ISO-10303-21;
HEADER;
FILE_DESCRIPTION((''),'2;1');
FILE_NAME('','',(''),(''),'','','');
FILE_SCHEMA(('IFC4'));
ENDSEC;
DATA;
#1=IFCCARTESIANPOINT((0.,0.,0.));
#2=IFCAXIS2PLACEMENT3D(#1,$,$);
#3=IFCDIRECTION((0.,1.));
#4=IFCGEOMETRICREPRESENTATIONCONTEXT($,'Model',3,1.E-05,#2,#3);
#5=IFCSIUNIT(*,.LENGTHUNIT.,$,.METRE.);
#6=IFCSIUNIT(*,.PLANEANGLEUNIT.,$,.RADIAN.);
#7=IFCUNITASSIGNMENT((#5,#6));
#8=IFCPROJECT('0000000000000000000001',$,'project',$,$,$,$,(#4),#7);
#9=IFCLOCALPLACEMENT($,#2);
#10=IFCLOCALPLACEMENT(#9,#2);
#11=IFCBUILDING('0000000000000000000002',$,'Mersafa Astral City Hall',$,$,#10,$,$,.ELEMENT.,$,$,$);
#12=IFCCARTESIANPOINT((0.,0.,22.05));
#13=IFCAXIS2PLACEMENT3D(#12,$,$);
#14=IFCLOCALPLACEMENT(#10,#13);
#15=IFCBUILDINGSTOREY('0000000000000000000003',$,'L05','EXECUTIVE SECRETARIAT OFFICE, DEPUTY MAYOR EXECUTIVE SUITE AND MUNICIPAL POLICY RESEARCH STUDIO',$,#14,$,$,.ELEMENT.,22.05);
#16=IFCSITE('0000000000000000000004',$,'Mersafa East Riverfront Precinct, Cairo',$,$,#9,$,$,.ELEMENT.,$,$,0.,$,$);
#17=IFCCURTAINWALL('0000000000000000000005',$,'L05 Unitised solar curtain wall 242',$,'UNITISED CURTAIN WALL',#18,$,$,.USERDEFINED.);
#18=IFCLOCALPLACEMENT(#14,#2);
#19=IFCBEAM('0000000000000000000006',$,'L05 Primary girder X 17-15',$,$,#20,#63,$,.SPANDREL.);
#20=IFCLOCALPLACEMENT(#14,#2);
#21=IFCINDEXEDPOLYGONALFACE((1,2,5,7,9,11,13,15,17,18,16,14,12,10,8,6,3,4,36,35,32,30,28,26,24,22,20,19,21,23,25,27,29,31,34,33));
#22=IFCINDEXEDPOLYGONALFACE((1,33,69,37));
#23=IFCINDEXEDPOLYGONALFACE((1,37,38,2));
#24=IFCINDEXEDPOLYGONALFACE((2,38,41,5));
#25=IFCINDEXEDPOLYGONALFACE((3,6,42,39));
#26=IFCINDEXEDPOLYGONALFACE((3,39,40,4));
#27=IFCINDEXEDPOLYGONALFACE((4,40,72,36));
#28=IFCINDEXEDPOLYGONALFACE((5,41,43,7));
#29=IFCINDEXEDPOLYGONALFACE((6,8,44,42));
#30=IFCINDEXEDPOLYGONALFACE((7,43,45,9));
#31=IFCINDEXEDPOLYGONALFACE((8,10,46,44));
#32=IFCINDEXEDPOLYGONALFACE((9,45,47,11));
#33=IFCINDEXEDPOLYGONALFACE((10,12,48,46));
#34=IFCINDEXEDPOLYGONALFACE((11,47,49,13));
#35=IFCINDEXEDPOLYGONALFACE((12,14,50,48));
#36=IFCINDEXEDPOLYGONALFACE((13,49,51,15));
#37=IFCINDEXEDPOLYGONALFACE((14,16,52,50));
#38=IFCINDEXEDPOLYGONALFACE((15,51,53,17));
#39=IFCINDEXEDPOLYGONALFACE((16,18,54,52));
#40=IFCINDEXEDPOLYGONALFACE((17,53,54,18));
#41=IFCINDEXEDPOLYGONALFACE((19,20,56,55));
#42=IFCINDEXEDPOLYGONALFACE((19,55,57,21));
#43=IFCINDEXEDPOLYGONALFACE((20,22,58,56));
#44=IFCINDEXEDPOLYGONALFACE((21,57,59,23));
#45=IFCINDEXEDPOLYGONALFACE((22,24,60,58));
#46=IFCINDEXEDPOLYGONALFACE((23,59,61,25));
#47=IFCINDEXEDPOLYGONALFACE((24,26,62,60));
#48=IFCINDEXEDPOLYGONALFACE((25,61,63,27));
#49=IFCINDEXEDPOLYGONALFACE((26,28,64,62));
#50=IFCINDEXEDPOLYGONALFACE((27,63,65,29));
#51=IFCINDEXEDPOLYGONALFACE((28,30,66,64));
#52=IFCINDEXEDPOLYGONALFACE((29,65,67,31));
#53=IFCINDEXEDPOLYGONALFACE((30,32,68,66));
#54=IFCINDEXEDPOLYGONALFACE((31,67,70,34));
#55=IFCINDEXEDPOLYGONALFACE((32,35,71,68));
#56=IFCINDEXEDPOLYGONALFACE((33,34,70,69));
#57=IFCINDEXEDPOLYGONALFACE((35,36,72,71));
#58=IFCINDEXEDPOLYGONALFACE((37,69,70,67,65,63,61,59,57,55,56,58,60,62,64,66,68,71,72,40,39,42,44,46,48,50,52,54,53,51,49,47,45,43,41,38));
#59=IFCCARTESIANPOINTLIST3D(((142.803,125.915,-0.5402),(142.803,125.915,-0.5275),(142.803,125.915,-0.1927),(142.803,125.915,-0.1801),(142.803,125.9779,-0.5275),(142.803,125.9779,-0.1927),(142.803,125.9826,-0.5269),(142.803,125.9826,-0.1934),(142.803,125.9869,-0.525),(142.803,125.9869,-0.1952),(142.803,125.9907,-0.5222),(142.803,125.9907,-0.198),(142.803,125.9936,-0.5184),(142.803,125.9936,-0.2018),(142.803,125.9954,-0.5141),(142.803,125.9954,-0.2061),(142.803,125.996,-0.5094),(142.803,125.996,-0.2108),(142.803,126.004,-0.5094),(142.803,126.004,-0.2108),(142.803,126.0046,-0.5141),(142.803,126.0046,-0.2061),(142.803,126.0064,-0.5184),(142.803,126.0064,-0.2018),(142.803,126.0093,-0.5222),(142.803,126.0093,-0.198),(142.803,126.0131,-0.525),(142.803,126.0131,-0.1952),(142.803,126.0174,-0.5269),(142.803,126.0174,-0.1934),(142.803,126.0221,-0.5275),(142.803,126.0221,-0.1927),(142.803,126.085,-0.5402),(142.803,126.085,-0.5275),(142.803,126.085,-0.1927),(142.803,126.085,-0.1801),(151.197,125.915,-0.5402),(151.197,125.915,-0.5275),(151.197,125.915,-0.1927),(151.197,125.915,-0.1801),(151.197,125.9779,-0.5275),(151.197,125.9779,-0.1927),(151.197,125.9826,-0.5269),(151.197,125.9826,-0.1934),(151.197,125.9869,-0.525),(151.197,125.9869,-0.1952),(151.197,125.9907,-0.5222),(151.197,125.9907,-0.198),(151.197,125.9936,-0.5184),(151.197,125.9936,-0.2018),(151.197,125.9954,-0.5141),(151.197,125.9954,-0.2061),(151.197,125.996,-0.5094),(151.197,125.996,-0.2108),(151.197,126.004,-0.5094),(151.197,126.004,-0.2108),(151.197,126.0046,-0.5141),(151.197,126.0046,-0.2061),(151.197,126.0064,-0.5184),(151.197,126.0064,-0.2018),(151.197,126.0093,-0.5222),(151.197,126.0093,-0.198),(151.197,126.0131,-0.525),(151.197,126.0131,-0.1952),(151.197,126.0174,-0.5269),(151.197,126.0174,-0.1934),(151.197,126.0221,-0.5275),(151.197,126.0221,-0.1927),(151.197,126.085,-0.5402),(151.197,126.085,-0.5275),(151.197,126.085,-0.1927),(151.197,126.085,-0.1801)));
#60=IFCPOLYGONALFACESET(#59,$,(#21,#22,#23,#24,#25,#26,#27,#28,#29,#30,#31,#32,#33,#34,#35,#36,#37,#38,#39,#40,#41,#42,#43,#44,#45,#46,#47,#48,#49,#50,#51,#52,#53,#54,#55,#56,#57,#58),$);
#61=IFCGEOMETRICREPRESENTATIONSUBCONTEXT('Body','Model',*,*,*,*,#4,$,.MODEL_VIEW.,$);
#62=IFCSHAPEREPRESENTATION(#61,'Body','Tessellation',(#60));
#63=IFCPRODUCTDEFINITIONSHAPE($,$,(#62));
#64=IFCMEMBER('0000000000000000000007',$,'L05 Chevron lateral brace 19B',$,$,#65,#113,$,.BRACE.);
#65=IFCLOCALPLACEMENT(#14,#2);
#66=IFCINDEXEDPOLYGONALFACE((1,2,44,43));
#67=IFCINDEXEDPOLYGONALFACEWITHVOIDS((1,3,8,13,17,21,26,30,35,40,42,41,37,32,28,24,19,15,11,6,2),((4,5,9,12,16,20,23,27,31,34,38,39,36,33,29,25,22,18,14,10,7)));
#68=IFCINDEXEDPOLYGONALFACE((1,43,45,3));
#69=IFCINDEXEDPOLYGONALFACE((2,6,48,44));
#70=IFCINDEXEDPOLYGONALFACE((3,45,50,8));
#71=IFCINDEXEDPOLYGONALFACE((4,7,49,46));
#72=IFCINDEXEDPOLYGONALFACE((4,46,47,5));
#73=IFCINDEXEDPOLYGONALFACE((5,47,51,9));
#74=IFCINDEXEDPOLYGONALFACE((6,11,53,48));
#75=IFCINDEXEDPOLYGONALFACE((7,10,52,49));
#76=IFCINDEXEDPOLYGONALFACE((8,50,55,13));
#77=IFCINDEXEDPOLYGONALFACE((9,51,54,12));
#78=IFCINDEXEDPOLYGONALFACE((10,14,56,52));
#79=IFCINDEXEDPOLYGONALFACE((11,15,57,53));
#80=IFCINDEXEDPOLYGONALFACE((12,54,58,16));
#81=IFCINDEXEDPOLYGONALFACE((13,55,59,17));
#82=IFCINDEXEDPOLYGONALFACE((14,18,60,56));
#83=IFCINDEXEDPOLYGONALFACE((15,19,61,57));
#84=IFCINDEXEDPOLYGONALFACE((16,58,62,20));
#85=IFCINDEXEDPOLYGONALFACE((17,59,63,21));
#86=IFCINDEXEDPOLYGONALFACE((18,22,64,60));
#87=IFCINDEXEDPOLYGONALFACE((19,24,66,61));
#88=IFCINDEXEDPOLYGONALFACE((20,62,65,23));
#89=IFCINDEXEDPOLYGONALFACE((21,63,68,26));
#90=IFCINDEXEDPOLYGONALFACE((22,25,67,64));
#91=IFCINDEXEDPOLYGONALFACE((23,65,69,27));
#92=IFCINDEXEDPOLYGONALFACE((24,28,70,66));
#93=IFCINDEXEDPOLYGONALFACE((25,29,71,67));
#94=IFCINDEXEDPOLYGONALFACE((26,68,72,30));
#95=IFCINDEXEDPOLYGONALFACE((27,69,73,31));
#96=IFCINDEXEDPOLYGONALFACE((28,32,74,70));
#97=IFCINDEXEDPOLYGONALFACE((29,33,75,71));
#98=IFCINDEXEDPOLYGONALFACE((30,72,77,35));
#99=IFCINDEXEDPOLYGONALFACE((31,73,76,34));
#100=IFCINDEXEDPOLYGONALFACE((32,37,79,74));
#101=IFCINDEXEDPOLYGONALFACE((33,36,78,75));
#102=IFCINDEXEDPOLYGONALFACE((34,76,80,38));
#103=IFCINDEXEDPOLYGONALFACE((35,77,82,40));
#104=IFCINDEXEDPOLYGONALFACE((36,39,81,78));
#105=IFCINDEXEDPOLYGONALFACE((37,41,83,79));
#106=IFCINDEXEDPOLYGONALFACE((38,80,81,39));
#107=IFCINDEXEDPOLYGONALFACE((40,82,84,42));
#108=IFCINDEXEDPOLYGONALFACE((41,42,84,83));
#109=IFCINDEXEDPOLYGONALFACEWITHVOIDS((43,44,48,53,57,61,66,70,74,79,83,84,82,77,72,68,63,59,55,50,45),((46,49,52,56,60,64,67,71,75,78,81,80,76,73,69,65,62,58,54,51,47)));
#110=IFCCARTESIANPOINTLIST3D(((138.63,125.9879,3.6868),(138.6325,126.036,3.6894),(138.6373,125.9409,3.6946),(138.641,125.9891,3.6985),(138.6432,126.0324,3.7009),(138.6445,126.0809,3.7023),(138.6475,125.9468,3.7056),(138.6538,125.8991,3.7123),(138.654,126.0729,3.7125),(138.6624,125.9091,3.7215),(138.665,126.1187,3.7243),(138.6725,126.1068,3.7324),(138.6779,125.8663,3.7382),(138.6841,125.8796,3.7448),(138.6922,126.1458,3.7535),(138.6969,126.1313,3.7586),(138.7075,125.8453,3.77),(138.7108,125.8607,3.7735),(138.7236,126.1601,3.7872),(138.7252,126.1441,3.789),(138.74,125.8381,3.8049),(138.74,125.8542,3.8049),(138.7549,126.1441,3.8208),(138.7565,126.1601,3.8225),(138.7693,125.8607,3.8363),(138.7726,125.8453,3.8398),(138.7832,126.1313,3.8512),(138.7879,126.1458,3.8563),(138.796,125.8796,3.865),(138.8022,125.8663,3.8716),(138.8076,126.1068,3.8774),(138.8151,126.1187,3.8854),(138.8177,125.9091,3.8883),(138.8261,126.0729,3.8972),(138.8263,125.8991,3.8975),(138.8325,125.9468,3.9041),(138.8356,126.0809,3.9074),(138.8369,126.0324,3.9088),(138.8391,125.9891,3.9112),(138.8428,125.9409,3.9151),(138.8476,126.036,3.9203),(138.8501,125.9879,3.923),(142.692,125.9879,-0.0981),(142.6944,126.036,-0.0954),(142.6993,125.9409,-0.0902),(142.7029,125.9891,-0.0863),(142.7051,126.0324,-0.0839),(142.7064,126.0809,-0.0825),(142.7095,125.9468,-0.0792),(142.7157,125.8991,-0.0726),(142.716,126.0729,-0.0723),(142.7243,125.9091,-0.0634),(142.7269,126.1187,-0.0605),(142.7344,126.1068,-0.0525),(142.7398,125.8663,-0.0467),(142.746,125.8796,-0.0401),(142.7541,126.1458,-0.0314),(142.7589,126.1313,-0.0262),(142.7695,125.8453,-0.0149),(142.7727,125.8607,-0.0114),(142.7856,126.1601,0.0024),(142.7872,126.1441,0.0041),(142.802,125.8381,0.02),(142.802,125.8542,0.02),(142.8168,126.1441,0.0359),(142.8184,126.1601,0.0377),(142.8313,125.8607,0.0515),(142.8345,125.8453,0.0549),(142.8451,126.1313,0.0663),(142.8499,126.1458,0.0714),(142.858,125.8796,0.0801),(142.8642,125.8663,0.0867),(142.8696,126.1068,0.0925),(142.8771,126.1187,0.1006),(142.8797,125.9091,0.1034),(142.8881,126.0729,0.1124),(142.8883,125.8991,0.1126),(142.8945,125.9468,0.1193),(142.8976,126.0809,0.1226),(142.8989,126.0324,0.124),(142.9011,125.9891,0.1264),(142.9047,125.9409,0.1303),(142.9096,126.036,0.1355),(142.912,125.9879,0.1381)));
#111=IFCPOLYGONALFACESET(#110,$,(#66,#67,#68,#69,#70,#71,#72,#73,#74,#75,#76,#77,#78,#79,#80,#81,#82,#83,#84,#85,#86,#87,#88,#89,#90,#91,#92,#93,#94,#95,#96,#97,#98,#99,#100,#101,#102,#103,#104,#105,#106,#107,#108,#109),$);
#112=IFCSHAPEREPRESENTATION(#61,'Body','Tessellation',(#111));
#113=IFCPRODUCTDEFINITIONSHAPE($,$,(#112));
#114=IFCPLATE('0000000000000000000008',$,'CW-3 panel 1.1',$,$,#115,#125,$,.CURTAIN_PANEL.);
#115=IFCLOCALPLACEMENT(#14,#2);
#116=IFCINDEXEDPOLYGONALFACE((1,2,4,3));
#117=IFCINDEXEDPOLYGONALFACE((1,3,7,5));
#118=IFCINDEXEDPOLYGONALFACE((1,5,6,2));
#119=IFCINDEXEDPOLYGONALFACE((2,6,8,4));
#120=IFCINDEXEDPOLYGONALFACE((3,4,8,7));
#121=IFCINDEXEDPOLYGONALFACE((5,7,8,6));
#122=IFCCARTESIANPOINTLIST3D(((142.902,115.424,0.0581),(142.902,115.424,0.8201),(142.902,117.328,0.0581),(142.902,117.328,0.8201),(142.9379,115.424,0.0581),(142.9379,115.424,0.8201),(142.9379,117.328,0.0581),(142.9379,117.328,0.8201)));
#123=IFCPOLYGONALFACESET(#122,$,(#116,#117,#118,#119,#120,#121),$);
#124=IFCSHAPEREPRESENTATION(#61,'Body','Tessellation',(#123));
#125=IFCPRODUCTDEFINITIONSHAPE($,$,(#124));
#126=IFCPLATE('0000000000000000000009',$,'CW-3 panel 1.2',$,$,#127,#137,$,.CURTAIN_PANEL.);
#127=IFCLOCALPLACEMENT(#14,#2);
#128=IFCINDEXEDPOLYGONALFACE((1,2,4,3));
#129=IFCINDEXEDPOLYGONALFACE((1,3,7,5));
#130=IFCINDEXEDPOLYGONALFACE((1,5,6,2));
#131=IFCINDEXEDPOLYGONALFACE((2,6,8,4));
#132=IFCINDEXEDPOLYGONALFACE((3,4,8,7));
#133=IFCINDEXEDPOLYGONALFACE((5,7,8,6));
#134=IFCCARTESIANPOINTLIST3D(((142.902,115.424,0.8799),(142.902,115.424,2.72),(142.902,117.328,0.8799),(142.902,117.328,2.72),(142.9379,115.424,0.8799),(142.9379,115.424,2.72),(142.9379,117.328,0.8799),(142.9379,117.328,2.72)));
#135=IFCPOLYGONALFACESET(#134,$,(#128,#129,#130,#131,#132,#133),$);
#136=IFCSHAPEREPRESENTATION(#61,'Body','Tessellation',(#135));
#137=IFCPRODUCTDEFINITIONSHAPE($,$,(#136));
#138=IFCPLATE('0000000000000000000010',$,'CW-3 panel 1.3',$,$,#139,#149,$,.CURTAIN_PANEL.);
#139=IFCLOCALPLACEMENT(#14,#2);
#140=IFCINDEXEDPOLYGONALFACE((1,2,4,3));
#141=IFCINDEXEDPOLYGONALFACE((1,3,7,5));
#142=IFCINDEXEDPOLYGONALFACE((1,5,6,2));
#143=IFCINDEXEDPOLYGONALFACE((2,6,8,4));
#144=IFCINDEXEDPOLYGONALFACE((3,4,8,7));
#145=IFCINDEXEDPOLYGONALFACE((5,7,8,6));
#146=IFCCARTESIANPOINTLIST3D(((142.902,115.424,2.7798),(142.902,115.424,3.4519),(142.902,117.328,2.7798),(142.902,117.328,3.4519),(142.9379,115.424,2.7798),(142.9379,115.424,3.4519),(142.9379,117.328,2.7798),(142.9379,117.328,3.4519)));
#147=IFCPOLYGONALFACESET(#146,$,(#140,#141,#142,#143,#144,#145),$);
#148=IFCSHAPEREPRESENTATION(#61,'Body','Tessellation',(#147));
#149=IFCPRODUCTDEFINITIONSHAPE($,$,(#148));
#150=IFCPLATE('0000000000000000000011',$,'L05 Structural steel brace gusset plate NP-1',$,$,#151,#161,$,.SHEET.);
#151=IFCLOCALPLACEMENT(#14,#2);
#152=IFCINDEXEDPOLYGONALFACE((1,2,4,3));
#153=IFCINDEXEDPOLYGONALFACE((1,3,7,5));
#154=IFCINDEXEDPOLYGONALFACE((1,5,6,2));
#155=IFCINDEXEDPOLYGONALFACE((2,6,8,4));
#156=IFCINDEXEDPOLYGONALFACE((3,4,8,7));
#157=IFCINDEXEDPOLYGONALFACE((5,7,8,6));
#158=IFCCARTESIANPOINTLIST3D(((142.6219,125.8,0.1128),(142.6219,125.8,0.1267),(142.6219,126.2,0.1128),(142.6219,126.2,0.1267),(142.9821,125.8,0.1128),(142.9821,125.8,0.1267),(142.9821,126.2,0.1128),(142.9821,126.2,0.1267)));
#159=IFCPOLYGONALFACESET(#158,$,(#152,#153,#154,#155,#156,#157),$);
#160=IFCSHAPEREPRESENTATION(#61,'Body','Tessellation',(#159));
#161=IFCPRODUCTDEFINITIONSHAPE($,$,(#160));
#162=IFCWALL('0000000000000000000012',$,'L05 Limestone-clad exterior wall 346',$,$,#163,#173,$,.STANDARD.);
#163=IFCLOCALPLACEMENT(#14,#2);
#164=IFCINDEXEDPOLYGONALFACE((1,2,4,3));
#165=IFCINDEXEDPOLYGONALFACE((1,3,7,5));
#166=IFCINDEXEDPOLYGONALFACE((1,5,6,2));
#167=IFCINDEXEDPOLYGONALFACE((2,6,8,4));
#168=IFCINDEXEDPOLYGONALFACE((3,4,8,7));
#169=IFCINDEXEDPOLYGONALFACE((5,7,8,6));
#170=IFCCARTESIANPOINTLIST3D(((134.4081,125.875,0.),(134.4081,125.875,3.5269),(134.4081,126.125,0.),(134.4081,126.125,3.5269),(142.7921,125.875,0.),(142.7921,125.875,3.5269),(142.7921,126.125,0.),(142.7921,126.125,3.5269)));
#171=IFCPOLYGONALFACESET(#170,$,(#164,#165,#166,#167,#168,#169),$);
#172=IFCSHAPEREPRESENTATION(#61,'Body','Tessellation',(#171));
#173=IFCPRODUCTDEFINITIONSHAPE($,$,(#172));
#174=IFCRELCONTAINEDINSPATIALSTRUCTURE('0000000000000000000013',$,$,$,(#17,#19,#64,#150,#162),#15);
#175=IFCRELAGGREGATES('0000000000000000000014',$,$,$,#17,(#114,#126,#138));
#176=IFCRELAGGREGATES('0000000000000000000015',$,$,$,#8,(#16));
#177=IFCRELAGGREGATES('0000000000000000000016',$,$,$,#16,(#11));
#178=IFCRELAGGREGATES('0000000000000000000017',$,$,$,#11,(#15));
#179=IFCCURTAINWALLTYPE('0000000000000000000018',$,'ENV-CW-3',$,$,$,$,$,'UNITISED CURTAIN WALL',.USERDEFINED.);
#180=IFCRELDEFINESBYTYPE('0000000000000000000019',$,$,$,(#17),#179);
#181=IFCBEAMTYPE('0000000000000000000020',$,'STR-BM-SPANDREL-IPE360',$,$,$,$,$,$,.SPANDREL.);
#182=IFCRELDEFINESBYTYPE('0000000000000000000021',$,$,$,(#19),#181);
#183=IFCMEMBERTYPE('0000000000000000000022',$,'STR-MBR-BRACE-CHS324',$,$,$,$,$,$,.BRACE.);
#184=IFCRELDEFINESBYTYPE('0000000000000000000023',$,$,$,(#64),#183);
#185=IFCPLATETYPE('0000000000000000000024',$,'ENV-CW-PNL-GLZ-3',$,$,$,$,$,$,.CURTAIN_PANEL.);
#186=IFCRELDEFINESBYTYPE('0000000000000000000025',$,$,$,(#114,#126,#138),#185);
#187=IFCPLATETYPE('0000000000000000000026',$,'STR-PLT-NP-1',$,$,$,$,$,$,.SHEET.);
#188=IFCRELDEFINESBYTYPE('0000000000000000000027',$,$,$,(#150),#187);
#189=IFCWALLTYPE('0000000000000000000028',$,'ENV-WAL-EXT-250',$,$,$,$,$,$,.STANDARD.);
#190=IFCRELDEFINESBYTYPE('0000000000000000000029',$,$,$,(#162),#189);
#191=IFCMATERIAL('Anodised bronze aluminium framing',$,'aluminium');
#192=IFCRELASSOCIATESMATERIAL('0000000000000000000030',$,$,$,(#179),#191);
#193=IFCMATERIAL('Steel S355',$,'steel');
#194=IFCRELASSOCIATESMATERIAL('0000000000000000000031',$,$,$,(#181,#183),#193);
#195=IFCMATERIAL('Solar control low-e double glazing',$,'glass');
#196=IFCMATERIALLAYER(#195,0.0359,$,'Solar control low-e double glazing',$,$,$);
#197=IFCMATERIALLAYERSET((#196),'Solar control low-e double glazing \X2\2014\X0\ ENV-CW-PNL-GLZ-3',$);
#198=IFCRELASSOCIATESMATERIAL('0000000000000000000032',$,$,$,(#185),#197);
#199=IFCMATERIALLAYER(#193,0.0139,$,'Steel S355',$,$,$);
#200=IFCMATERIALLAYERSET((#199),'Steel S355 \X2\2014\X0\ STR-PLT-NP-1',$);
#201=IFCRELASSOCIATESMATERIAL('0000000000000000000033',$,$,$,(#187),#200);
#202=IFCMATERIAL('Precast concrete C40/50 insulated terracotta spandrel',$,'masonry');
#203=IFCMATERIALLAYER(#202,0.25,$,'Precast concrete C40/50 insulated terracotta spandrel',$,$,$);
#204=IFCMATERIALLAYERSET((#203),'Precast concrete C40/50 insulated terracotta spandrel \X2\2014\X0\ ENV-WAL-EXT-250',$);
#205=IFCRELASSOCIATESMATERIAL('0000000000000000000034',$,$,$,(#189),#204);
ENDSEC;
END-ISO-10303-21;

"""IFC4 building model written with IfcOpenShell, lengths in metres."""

from ifc_helpers import new_model, si_unit, direction, frame, frame_2d, origin, origin_2d, place, context, subcontext, project, spatial, rectangle, hollow_circle, i_section, extrude, material, layer, layer_set, material_profile, profile_set, type_object, element, aggregate, save


model = new_model("IFC4")

# Units and contexts
model_context = context("Model", 3, precision=1e-05, world=origin(), true_north=direction((0.0, 1.0)))
body_context = subcontext(model_context, "Body", "Model", "MODEL_VIEW")
ifc_project = project(units=[si_unit("LENGTHUNIT", "METRE"), si_unit("PLANEANGLEUNIT", "RADIAN")], contexts=[model_context])

# Site, building, storey
site_placement = place(None, origin())
site = spatial("IfcSite", under=ifc_project, at=site_placement, Name="Mersafa East Riverfront Precinct, Cairo", CompositionType="ELEMENT", RefElevation=0.0)
building_placement = place(site_placement, origin())
building = spatial("IfcBuilding", under=site, at=building_placement, Name="Mersafa Astral City Hall", CompositionType="ELEMENT")
storey_placement = place(building_placement, frame((0.0, 0.0, 22.05)))
storey = spatial("IfcBuildingStorey", under=building, at=storey_placement, Name="L05", Description="EXECUTIVE SECRETARIAT OFFICE, DEPUTY MAYOR EXECUTIVE SUITE AND MUNICIPAL POLICY RESEARCH STUDIO", CompositionType="ELEMENT", Elevation=22.05)

# Shared definitions
ifc_material_1 = material(Name="Steel S355", Category="steel")

# Curtain wall
ifc_material_2 = material(Name="Anodised bronze aluminium framing", Category="aluminium")
curtain_wall_type = type_object("IfcCurtainWallType", Name="ENV-CW-3", ElementType="UNITISED CURTAIN WALL", PredefinedType="USERDEFINED", material=ifc_material_2)
curtain_wall_placement = place(storey_placement, origin())
curtain_wall = element("IfcCurtainWall", 1, at=curtain_wall_placement, inside=storey, type_object=curtain_wall_type, Name="L05 Unitised solar curtain wall 242", ObjectType="UNITISED CURTAIN WALL", PredefinedType="USERDEFINED")

# Beam
ifc_material_profile_1 = material_profile(ifc_material_1, i_section(OverallWidth=0.1699, OverallDepth=0.3601, WebThickness=0.0081, FlangeThickness=0.0127, FilletRadius=0.0181, at=origin_2d()), Name="IPE 360")
ifc_profile_set_1 = profile_set([ifc_material_profile_1], Name="Steel S355")
beam_type_1 = type_object("IfcBeamType", Name="STR-BM-SPANDREL-IPE360", PredefinedType="SPANDREL", material=ifc_profile_set_1)
beam_1_placement = place(storey_placement, frame((142.803, 126.0, -0.3601), z_axis=(1.0, 0.0, 0.0), x_axis=(0.0, 1.0, 0.0)))
element("IfcBeam", 2, at=beam_1_placement, inside=storey, type_object=beam_type_1, Name="L05 Primary girder X 17-15", PredefinedType="SPANDREL", context=body_context, shape_type="SweptSolid", body=[
    extrude(i_section(OverallWidth=0.1699, OverallDepth=0.3601, WebThickness=0.0081, FlangeThickness=0.0127, FilletRadius=0.0181, at=origin_2d()), origin(), (0.0, 0.0, 1.0), 8.394),
])

# Member
ifc_material_profile_2 = material_profile(ifc_material_1, hollow_circle(Radius=0.1619, WallThickness=0.0161, at=origin_2d()), Name="CHS 323.9x16")
ifc_profile_set_2 = profile_set([ifc_material_profile_2], Name="Steel S355")
member_type_1 = type_object("IfcMemberType", Name="STR-MBR-BRACE-CHS324", PredefinedType="BRACE", material=ifc_profile_set_2)
member_1_placement = place(storey_placement, frame((142.802, 126.0, 0.02), z_axis=(-0.731621, 0.0, 0.681712), x_axis=(0.0, -1.0, 0.0)))
element("IfcMember", 3, at=member_1_placement, inside=storey, type_object=member_type_1, Name="L05 Chevron lateral brace 19B", PredefinedType="BRACE", context=body_context, shape_type="SweptSolid", body=[
    extrude(hollow_circle(Radius=0.1619, WallThickness=0.0161, at=origin_2d()), origin(), (0.0, 0.0, 1.0), 5.552),
])

# Plates
ifc_material_3 = material(Name="Solar control low-e double glazing", Category="glass")
ifc_layer_1 = layer(ifc_material_3, 0.0359, Name="Solar control low-e double glazing")
ifc_layer_set_1 = layer_set([ifc_layer_1], Name="Solar control low-e double glazing — ENV-CW-PNL-GLZ-3")
plate_type_1 = type_object("IfcPlateType", Name="ENV-CW-PNL-GLZ-3", PredefinedType="CURTAIN_PANEL", material=ifc_layer_set_1)
plate_1_placement = place(storey_placement, frame((142.9199, 116.376, 0.0581), z_axis=(0.0, 0.0, 1.0), x_axis=(0.0, -1.0, 0.0)))
plate_1 = element("IfcPlate", 4, at=plate_1_placement, type_object=plate_type_1, Name="CW-3 panel 1.1", PredefinedType="CURTAIN_PANEL", context=body_context, shape_type="SweptSolid", body=[
    extrude(rectangle(XDim=1.9041, YDim=0.0359, at=origin_2d()), origin(), (0.0, 0.0, 1.0), 0.762),
])
plate_2_placement = place(storey_placement, frame((142.9199, 116.376, 0.8799), z_axis=(0.0, 0.0, 1.0), x_axis=(0.0, -1.0, 0.0)))
plate_2 = element("IfcPlate", 5, at=plate_2_placement, type_object=plate_type_1, Name="CW-3 panel 1.2", PredefinedType="CURTAIN_PANEL", context=body_context, shape_type="SweptSolid", body=[
    extrude(rectangle(XDim=1.9041, YDim=0.0359, at=origin_2d()), origin(), (0.0, 0.0, 1.0), 1.8401),
])
plate_3_placement = place(storey_placement, frame((142.9199, 116.376, 2.7798), z_axis=(0.0, 0.0, 1.0), x_axis=(0.0, -1.0, 0.0)))
plate_3 = element("IfcPlate", 6, at=plate_3_placement, type_object=plate_type_1, Name="CW-3 panel 1.3", PredefinedType="CURTAIN_PANEL", context=body_context, shape_type="SweptSolid", body=[
    extrude(rectangle(XDim=1.9041, YDim=0.0359, at=origin_2d()), origin(), (0.0, 0.0, 1.0), 0.6721),
])
aggregate(curtain_wall, [plate_1, plate_2, plate_3])
ifc_layer_2 = layer(ifc_material_1, 0.0139, Name="Steel S355")
ifc_layer_set_2 = layer_set([ifc_layer_2], Name="Steel S355 — STR-PLT-NP-1")
plate_type_2 = type_object("IfcPlateType", Name="STR-PLT-NP-1", PredefinedType="SHEET", material=ifc_layer_set_2)
plate_4_placement = place(storey_placement, frame((142.802, 126.0, 0.1128), z_axis=(0.0, 0.0, 1.0), x_axis=(1.0, 0.0, 0.0)))
element("IfcPlate", 7, at=plate_4_placement, inside=storey, type_object=plate_type_2, Name="L05 Structural steel brace gusset plate NP-1", PredefinedType="SHEET", context=body_context, shape_type="SweptSolid", body=[
    extrude(rectangle(XDim=0.3601, YDim=0.3999, at=origin_2d()), origin(), (0.0, 0.0, 1.0), 0.0139),
])

# Wall
ifc_material_4 = material(Name="Precast concrete C40/50 insulated terracotta spandrel", Category="masonry")
ifc_layer_3 = layer(ifc_material_4, 0.25, Name="Precast concrete C40/50 insulated terracotta spandrel")
ifc_layer_set_3 = layer_set([ifc_layer_3], Name="Precast concrete C40/50 insulated terracotta spandrel — ENV-WAL-EXT-250")
wall_type_1 = type_object("IfcWallType", Name="ENV-WAL-EXT-250", PredefinedType="STANDARD", material=ifc_layer_set_3)
wall_1_placement = place(storey_placement, frame((142.792, 126.0, 0.0), z_axis=(0.0, 0.0, 1.0), x_axis=(-1.0, 0.0, 0.0)))
element("IfcWall", 8, at=wall_1_placement, inside=storey, type_object=wall_type_1, Name="L05 Limestone-clad exterior wall 346", PredefinedType="STANDARD", context=body_context, shape_type="SweptSolid", body=[
    extrude(rectangle(XDim=8.384, YDim=0.25, at=frame_2d((4.1919, 0.0))), origin(), (0.0, 0.0, 1.0), 3.5269),
])

save(model, "model.ifc")
